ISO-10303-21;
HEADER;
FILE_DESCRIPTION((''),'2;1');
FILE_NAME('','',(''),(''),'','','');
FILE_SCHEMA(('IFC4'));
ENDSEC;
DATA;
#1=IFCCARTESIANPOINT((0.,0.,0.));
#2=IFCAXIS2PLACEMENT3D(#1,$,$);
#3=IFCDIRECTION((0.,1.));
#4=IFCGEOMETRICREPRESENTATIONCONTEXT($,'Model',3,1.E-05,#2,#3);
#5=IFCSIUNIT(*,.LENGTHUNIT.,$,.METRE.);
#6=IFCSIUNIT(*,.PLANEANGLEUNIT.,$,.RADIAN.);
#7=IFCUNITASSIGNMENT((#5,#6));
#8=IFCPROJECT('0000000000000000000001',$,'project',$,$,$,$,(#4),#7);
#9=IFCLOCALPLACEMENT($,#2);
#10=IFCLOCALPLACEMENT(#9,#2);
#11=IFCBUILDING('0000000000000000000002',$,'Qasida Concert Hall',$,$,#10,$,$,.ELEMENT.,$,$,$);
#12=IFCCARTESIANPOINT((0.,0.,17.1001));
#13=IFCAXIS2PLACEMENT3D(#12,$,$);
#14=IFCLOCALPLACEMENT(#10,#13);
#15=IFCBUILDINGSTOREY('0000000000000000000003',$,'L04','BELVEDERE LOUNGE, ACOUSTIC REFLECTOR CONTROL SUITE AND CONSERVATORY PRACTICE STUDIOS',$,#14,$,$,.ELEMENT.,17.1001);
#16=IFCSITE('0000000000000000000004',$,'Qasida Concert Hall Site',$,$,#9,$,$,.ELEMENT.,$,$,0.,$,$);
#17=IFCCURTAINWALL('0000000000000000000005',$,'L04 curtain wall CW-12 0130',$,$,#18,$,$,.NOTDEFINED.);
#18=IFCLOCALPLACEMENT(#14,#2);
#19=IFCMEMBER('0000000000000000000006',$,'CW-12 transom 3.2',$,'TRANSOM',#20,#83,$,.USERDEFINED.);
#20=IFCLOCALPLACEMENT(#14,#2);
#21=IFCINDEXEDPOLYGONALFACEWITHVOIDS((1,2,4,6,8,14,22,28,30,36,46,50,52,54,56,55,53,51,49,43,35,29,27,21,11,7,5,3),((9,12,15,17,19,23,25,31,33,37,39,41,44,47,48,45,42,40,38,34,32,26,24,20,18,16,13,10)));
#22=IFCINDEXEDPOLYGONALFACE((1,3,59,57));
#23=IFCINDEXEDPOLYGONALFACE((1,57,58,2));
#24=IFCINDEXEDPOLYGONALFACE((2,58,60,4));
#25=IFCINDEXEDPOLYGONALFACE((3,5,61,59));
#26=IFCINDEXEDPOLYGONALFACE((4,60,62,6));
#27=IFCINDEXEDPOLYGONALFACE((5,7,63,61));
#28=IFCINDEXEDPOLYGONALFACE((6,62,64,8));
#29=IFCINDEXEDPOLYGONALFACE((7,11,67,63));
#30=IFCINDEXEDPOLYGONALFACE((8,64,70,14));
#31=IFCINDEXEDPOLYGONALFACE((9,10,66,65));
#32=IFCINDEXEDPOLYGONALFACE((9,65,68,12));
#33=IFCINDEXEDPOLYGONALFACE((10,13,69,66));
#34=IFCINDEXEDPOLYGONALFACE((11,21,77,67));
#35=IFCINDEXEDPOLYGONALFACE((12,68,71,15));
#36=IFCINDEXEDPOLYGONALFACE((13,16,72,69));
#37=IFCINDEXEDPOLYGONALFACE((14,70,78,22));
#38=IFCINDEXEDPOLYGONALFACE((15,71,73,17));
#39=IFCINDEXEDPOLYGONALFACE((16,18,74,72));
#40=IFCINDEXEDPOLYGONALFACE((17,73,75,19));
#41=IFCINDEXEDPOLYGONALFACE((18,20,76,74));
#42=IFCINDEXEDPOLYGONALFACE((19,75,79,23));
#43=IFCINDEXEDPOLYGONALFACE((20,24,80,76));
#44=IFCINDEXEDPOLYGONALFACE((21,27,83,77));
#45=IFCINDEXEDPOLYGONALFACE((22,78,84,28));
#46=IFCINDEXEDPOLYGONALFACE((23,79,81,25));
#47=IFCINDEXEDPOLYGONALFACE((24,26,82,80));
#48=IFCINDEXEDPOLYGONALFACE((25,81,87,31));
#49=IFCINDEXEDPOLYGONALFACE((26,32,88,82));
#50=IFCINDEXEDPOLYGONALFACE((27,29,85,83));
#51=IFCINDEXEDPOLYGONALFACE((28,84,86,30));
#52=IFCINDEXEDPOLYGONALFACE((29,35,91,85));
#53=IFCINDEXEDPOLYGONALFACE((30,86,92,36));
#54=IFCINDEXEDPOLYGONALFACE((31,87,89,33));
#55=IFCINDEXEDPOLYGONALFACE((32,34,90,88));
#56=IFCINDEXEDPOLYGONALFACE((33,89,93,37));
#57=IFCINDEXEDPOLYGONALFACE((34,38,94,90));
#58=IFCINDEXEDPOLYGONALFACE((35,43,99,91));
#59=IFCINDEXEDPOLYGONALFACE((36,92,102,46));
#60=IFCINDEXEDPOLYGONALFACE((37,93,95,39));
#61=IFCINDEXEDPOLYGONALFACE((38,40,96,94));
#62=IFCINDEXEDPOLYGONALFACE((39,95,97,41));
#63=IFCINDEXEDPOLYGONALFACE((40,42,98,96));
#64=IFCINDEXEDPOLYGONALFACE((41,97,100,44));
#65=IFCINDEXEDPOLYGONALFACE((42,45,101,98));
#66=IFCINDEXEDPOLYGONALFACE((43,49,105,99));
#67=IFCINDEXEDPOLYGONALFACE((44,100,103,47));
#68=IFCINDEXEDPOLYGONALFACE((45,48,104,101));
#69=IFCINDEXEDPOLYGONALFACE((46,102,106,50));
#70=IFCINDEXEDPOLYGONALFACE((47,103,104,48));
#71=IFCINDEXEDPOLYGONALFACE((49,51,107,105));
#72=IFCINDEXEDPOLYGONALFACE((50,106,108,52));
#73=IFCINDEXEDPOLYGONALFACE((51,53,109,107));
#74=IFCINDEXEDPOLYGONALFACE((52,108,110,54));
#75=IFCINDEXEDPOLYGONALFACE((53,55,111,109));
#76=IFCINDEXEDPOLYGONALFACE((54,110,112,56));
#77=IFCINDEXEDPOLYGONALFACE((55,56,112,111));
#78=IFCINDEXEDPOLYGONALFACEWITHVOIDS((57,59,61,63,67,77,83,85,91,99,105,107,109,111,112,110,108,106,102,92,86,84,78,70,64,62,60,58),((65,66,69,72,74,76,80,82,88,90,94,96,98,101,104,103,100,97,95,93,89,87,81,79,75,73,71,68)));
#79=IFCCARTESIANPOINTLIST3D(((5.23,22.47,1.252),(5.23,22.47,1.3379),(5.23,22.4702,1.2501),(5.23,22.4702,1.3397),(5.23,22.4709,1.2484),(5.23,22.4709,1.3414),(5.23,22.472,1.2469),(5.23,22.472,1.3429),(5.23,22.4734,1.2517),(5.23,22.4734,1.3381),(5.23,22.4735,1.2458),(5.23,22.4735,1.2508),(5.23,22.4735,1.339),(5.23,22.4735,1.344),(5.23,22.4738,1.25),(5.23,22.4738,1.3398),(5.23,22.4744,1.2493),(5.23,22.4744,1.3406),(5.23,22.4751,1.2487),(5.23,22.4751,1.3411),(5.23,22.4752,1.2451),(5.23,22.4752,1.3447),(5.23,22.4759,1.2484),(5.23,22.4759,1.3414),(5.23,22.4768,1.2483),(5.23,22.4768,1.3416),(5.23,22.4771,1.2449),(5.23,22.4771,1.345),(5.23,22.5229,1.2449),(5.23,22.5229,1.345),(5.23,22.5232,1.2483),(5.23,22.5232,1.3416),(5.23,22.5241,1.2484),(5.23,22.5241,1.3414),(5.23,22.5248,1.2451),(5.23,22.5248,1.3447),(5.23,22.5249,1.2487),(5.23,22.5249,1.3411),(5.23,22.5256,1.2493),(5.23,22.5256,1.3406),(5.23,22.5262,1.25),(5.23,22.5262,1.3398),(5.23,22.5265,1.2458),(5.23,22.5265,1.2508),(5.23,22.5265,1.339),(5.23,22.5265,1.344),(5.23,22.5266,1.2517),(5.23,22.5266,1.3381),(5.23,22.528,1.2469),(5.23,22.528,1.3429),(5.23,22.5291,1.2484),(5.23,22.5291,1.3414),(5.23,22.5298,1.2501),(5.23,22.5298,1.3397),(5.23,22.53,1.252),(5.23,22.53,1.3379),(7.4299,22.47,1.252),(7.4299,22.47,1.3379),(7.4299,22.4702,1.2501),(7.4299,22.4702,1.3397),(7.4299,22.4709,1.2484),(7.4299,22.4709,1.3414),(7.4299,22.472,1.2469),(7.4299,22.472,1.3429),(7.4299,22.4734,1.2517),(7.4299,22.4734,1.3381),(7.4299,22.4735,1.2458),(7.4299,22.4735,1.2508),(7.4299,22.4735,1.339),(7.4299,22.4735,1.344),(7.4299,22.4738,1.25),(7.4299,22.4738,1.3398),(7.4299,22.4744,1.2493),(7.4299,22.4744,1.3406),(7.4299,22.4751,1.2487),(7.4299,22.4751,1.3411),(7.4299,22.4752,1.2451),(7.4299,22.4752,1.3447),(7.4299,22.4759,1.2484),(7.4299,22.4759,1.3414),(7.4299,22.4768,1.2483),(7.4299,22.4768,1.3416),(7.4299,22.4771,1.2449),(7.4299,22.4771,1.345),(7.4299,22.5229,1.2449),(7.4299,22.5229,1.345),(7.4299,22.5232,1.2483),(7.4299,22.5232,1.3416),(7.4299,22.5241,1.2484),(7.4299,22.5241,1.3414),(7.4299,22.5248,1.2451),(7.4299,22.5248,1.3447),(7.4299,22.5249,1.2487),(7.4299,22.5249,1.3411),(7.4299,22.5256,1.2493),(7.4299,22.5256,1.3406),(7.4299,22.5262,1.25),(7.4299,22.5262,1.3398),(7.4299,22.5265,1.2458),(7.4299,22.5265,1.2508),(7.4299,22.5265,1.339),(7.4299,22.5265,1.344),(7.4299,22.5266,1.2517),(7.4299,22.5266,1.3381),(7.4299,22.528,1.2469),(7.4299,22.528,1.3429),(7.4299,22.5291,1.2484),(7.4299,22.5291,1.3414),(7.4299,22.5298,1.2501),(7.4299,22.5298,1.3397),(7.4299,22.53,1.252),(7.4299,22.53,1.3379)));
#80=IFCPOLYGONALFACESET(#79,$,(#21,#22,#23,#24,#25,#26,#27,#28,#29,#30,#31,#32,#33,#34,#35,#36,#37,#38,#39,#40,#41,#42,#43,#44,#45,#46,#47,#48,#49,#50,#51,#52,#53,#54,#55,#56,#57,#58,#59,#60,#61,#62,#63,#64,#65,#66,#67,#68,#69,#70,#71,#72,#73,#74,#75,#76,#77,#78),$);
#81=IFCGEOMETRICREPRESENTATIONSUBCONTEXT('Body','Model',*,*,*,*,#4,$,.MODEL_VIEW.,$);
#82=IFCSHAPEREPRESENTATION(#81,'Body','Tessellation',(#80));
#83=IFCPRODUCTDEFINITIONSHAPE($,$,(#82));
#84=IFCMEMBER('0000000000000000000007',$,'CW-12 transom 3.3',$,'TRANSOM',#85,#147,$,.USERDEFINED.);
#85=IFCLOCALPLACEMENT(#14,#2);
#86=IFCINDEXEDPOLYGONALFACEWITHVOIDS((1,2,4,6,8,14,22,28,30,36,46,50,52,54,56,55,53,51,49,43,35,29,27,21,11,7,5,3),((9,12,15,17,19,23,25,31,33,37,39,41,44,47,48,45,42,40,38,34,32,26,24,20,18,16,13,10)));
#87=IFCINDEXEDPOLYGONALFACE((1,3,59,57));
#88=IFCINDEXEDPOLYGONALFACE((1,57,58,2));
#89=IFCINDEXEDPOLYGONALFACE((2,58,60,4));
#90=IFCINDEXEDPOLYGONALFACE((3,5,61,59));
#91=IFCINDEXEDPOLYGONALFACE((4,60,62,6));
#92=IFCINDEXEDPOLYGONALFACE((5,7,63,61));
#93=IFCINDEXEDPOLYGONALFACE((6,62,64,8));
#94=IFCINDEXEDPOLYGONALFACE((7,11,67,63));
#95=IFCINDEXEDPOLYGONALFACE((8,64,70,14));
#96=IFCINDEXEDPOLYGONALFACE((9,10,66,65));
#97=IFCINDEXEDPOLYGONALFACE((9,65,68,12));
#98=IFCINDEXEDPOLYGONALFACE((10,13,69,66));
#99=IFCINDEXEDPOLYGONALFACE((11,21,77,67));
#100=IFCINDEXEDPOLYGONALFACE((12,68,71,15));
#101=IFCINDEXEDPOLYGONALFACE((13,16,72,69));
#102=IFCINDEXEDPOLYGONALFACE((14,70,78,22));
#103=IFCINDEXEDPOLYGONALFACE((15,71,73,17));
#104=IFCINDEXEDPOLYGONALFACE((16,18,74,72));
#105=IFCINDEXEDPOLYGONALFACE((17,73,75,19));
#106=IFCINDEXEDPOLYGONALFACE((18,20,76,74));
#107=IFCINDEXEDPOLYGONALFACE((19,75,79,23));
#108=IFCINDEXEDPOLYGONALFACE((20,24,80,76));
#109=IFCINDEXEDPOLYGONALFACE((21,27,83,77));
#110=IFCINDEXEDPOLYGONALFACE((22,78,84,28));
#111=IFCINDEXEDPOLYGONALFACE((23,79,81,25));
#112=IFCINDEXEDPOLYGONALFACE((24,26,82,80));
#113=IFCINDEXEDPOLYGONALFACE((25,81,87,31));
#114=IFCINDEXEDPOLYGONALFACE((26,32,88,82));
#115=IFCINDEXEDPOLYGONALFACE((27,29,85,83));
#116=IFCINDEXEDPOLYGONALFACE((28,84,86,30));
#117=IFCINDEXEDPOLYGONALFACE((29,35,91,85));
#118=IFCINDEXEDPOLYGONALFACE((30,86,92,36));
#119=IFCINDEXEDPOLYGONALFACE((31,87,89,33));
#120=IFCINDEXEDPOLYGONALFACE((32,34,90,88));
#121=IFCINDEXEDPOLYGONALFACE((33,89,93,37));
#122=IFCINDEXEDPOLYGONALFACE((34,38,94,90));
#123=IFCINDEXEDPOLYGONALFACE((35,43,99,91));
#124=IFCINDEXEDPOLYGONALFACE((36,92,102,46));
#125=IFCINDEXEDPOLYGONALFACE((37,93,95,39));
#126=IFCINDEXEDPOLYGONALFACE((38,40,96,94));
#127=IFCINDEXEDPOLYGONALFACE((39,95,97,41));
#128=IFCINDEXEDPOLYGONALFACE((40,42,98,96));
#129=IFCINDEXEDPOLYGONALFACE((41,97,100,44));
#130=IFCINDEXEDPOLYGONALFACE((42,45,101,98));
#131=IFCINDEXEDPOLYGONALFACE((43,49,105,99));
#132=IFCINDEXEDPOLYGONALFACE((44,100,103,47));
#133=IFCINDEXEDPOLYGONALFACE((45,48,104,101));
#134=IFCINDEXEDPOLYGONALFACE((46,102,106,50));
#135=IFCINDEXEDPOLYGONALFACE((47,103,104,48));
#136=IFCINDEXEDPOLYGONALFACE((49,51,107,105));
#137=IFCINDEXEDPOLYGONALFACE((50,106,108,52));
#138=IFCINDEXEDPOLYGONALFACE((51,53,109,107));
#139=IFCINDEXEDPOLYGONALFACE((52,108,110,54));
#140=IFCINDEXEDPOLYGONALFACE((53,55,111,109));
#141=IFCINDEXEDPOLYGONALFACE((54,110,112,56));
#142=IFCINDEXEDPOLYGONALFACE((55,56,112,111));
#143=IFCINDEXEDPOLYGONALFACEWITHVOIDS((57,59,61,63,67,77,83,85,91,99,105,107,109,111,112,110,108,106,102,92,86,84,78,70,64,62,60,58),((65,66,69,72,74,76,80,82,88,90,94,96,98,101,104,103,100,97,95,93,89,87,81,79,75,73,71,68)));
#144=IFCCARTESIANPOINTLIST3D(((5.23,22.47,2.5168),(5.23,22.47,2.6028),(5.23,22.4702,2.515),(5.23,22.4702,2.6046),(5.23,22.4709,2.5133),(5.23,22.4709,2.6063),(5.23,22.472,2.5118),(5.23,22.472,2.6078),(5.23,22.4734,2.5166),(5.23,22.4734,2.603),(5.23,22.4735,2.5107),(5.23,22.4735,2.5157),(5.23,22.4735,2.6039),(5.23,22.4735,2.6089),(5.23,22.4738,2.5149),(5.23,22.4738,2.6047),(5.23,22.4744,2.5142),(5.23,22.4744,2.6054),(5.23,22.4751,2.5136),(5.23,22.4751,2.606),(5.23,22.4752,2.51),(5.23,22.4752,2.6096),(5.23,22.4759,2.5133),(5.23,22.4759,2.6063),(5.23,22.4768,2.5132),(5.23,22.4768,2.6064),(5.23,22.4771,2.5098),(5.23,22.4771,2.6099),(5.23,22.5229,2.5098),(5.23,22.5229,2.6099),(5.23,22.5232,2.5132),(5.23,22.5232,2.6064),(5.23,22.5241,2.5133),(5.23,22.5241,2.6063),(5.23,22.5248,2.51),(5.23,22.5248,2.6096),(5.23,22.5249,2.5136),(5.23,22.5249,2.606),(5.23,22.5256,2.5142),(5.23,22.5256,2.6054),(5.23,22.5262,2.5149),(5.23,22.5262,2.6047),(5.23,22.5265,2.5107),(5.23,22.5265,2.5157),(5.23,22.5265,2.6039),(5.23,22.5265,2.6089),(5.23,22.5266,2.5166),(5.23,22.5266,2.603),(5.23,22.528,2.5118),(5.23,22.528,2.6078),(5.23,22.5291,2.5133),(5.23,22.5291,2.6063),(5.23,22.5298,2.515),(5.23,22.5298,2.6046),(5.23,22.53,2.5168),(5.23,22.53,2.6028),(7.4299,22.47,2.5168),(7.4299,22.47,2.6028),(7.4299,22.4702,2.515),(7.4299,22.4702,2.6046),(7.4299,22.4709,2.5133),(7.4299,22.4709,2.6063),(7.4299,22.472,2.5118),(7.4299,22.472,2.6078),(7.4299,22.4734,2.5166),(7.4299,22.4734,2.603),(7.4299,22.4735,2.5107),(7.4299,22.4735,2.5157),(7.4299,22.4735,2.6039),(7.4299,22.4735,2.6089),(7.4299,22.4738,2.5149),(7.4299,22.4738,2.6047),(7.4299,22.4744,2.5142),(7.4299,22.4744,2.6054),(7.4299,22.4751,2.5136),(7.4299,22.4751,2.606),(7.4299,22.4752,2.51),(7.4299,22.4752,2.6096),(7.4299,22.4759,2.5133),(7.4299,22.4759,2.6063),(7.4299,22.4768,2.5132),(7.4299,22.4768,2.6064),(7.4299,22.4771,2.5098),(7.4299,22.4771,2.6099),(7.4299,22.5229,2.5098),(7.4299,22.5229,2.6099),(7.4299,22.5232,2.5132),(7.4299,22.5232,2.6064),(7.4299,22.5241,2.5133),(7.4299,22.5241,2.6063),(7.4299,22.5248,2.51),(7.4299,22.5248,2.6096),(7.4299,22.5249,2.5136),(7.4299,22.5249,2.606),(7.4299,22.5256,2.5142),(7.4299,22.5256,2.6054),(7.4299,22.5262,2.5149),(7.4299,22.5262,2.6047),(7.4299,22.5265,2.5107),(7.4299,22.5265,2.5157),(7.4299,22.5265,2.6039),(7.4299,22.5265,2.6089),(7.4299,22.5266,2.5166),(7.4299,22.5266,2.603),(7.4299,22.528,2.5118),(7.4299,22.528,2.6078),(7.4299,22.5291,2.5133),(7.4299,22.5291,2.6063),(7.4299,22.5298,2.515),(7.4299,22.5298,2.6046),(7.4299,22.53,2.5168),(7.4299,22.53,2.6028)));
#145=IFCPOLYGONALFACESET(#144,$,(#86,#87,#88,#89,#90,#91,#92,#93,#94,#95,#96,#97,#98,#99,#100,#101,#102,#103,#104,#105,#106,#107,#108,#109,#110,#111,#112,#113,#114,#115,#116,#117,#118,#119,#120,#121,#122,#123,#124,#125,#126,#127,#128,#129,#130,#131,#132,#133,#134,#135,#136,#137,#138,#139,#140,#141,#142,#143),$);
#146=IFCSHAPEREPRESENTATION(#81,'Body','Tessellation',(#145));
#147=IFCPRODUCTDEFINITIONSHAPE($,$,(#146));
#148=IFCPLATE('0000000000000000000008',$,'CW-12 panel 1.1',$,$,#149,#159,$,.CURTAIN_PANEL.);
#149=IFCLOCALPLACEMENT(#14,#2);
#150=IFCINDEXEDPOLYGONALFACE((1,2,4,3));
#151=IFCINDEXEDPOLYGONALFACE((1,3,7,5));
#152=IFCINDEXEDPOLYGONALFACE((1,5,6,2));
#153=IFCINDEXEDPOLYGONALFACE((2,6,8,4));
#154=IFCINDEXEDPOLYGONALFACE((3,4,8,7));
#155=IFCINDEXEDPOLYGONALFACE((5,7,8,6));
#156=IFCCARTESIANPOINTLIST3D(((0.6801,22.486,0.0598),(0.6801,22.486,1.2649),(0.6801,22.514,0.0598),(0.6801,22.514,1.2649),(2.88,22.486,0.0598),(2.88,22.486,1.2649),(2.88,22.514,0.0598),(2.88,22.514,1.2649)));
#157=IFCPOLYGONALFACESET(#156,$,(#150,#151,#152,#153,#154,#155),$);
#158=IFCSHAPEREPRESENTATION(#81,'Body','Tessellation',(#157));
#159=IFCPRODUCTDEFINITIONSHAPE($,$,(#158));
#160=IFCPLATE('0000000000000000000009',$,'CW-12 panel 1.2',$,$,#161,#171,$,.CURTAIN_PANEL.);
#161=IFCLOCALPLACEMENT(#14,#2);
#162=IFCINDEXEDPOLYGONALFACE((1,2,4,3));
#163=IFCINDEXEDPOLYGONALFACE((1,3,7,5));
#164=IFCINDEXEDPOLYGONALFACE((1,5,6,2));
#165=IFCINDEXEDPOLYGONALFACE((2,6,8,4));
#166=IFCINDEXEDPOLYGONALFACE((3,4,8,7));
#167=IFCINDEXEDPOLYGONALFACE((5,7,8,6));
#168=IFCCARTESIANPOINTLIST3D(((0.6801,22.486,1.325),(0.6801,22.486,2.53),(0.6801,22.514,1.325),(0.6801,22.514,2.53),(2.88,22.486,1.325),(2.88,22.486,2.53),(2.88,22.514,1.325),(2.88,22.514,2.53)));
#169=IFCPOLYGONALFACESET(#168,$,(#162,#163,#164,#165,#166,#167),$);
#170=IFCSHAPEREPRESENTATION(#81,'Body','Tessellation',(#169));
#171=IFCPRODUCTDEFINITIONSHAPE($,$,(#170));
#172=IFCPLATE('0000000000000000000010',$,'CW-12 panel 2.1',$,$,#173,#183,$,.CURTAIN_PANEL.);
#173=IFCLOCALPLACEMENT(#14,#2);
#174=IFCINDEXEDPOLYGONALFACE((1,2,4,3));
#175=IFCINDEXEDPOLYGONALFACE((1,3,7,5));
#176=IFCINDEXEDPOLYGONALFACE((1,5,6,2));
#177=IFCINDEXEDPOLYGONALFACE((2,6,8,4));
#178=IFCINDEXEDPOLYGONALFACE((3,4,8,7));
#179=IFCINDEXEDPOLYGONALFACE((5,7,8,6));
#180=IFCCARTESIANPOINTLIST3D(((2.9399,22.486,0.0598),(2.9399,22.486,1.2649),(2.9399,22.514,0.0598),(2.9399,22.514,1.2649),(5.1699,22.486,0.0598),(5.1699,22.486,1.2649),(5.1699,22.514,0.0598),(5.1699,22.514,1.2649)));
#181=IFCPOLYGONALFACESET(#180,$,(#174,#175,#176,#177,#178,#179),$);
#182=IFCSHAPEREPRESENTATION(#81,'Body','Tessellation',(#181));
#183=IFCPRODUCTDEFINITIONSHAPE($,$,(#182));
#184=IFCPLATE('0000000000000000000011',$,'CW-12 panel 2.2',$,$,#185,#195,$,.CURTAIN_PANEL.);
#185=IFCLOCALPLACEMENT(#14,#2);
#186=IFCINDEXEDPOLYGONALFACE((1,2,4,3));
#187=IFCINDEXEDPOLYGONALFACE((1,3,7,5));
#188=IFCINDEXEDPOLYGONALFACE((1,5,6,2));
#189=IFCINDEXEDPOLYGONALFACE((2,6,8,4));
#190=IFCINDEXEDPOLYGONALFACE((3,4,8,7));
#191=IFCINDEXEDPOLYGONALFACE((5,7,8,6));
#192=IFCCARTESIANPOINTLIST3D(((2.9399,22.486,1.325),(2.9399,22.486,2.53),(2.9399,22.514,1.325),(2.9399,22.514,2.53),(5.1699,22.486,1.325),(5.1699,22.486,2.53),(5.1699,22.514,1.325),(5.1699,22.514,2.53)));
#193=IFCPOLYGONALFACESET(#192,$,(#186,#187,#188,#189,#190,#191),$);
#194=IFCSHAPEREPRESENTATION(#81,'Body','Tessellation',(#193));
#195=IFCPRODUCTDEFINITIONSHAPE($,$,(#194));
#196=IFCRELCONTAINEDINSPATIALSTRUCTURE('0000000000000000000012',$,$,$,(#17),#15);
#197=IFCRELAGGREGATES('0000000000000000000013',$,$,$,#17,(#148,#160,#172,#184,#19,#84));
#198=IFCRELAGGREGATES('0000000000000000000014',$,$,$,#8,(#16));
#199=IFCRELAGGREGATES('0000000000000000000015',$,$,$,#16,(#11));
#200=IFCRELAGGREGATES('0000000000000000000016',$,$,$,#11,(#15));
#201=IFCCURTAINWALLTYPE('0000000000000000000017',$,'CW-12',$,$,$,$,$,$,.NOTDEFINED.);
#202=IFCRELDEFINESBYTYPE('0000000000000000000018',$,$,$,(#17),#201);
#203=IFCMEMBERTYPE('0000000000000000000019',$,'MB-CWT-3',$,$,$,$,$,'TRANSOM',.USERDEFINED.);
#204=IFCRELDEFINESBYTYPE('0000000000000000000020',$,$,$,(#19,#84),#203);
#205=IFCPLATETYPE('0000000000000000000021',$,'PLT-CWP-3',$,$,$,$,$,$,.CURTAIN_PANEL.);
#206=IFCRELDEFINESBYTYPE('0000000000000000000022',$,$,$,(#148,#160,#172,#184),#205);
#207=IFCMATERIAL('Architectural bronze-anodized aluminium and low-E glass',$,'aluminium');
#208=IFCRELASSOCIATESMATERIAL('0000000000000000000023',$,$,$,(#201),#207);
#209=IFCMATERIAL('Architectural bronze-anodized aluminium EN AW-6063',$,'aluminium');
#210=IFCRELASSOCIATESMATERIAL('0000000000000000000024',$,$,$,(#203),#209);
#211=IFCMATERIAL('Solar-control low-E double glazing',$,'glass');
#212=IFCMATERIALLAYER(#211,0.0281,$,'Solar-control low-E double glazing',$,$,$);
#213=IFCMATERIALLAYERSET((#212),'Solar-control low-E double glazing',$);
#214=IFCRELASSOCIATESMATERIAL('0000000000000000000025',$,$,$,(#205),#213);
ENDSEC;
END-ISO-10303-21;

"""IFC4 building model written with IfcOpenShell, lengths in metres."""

from ifc_helpers import new_model, si_unit, direction, frame, origin, origin_2d, place, context, subcontext, project, spatial, rectangle, hollow_rectangle, extrude, material, layer, layer_set, material_profile, profile_set, type_object, element, aggregate, save


model = new_model("IFC4")

# Units and contexts
model_context = context("Model", 3, precision=1e-05, world=origin(), true_north=direction((0.0, 1.0)))
body_context = subcontext(model_context, "Body", "Model", "MODEL_VIEW")
ifc_project = project(units=[si_unit("LENGTHUNIT", "METRE"), si_unit("PLANEANGLEUNIT", "RADIAN")], contexts=[model_context])

# Site, building, storey
site_placement = place(None, origin())
site = spatial("IfcSite", under=ifc_project, at=site_placement, Name="Qasida Concert Hall Site", CompositionType="ELEMENT", RefElevation=0.0)
building_placement = place(site_placement, origin())
building = spatial("IfcBuilding", under=site, at=building_placement, Name="Qasida Concert Hall", CompositionType="ELEMENT")
storey_placement = place(building_placement, frame((0.0, 0.0, 17.1001)))
storey = spatial("IfcBuildingStorey", under=building, at=storey_placement, Name="L04", Description="BELVEDERE LOUNGE, ACOUSTIC REFLECTOR CONTROL SUITE AND CONSERVATORY PRACTICE STUDIOS", CompositionType="ELEMENT", Elevation=17.1001)

# Curtain wall, members, plates
ifc_material_1 = material(Name="Architectural bronze-anodized aluminium and low-E glass", Category="aluminium")
curtain_wall_type = type_object("IfcCurtainWallType", Name="CW-12", PredefinedType="NOTDEFINED", material=ifc_material_1)
curtain_wall_placement = place(storey_placement, origin())
curtain_wall = element("IfcCurtainWall", 1, at=curtain_wall_placement, inside=storey, type_object=curtain_wall_type, Name="L04 curtain wall CW-12 0130", PredefinedType="NOTDEFINED")
ifc_material_2 = material(Name="Architectural bronze-anodized aluminium EN AW-6063", Category="aluminium")
ifc_material_profile_1 = material_profile(ifc_material_2, hollow_rectangle(XDim=0.0601, YDim=0.1001, WallThickness=0.0034, InnerFilletRadius=0.0034, OuterFilletRadius=0.0071, at=origin_2d()), Name="CWT 100x60x3.5")
ifc_profile_set_1 = profile_set([ifc_material_profile_1], Name="Architectural bronze-anodized aluminium EN AW-6063")
member_type_1 = type_object("IfcMemberType", Name="MB-CWT-3", ElementType="TRANSOM", PredefinedType="USERDEFINED", material=ifc_profile_set_1)
member_1_placement = place(storey_placement, frame((5.23, 22.5, 1.2949), z_axis=(1.0, 0.0, 0.0), x_axis=(0.0, 1.0, 0.0)))
member_1 = element("IfcMember", 2, at=member_1_placement, type_object=member_type_1, Name="CW-12 transom 3.2", ObjectType="TRANSOM", PredefinedType="USERDEFINED", context=body_context, shape_type="SweptSolid", body=[
    extrude(hollow_rectangle(XDim=0.0601, YDim=0.1001, WallThickness=0.0034, InnerFilletRadius=0.0034, OuterFilletRadius=0.0071, at=origin_2d()), origin(), (0.0, 0.0, 1.0), 2.2),
])
member_2_placement = place(storey_placement, frame((5.23, 22.5, 2.5598), z_axis=(1.0, 0.0, 0.0), x_axis=(0.0, 1.0, 0.0)))
member_2 = element("IfcMember", 3, at=member_2_placement, type_object=member_type_1, Name="CW-12 transom 3.3", ObjectType="TRANSOM", PredefinedType="USERDEFINED", context=body_context, shape_type="SweptSolid", body=[
    extrude(hollow_rectangle(XDim=0.0601, YDim=0.1001, WallThickness=0.0034, InnerFilletRadius=0.0034, OuterFilletRadius=0.0071, at=origin_2d()), origin(), (0.0, 0.0, 1.0), 2.2),
])
ifc_material_3 = material(Name="Solar-control low-E double glazing", Category="glass")
ifc_layer_1 = layer(ifc_material_3, 0.0281, Name="Solar-control low-E double glazing")
ifc_layer_set_1 = layer_set([ifc_layer_1], Name="Solar-control low-E double glazing")
plate_type = type_object("IfcPlateType", Name="PLT-CWP-3", PredefinedType="CURTAIN_PANEL", material=ifc_layer_set_1)
plate_1_placement = place(storey_placement, frame((1.78, 22.5, 0.0598), z_axis=(0.0, 0.0, 1.0), x_axis=(1.0, 0.0, 0.0)))
plate_1 = element("IfcPlate", 4, at=plate_1_placement, type_object=plate_type, Name="CW-12 panel 1.1", PredefinedType="CURTAIN_PANEL", context=body_context, shape_type="SweptSolid", body=[
    extrude(rectangle(XDim=2.2, YDim=0.0281, at=origin_2d()), origin(), (0.0, 0.0, 1.0), 1.2051),
])
plate_2_placement = place(storey_placement, frame((1.78, 22.5, 1.325), z_axis=(0.0, 0.0, 1.0), x_axis=(1.0, 0.0, 0.0)))
plate_2 = element("IfcPlate", 5, at=plate_2_placement, type_object=plate_type, Name="CW-12 panel 1.2", PredefinedType="CURTAIN_PANEL", context=body_context, shape_type="SweptSolid", body=[
    extrude(rectangle(XDim=2.2, YDim=0.0281, at=origin_2d()), origin(), (0.0, 0.0, 1.0), 1.2051),
])
plate_3_placement = place(storey_placement, frame((4.0549, 22.5, 0.0598), z_axis=(0.0, 0.0, 1.0), x_axis=(1.0, 0.0, 0.0)))
plate_3 = element("IfcPlate", 6, at=plate_3_placement, type_object=plate_type, Name="CW-12 panel 2.1", PredefinedType="CURTAIN_PANEL", context=body_context, shape_type="SweptSolid", body=[
    extrude(rectangle(XDim=2.23, YDim=0.0281, at=origin_2d()), origin(), (0.0, 0.0, 1.0), 1.2051),
])
plate_4_placement = place(storey_placement, frame((4.0549, 22.5, 1.325), z_axis=(0.0, 0.0, 1.0), x_axis=(1.0, 0.0, 0.0)))
plate_4 = element("IfcPlate", 7, at=plate_4_placement, type_object=plate_type, Name="CW-12 panel 2.2", PredefinedType="CURTAIN_PANEL", context=body_context, shape_type="SweptSolid", body=[
    extrude(rectangle(XDim=2.23, YDim=0.0281, at=origin_2d()), origin(), (0.0, 0.0, 1.0), 1.2051),
])
aggregate(curtain_wall, [plate_1, plate_2, plate_3, plate_4, member_1, member_2])

save(model, "model.ifc")
